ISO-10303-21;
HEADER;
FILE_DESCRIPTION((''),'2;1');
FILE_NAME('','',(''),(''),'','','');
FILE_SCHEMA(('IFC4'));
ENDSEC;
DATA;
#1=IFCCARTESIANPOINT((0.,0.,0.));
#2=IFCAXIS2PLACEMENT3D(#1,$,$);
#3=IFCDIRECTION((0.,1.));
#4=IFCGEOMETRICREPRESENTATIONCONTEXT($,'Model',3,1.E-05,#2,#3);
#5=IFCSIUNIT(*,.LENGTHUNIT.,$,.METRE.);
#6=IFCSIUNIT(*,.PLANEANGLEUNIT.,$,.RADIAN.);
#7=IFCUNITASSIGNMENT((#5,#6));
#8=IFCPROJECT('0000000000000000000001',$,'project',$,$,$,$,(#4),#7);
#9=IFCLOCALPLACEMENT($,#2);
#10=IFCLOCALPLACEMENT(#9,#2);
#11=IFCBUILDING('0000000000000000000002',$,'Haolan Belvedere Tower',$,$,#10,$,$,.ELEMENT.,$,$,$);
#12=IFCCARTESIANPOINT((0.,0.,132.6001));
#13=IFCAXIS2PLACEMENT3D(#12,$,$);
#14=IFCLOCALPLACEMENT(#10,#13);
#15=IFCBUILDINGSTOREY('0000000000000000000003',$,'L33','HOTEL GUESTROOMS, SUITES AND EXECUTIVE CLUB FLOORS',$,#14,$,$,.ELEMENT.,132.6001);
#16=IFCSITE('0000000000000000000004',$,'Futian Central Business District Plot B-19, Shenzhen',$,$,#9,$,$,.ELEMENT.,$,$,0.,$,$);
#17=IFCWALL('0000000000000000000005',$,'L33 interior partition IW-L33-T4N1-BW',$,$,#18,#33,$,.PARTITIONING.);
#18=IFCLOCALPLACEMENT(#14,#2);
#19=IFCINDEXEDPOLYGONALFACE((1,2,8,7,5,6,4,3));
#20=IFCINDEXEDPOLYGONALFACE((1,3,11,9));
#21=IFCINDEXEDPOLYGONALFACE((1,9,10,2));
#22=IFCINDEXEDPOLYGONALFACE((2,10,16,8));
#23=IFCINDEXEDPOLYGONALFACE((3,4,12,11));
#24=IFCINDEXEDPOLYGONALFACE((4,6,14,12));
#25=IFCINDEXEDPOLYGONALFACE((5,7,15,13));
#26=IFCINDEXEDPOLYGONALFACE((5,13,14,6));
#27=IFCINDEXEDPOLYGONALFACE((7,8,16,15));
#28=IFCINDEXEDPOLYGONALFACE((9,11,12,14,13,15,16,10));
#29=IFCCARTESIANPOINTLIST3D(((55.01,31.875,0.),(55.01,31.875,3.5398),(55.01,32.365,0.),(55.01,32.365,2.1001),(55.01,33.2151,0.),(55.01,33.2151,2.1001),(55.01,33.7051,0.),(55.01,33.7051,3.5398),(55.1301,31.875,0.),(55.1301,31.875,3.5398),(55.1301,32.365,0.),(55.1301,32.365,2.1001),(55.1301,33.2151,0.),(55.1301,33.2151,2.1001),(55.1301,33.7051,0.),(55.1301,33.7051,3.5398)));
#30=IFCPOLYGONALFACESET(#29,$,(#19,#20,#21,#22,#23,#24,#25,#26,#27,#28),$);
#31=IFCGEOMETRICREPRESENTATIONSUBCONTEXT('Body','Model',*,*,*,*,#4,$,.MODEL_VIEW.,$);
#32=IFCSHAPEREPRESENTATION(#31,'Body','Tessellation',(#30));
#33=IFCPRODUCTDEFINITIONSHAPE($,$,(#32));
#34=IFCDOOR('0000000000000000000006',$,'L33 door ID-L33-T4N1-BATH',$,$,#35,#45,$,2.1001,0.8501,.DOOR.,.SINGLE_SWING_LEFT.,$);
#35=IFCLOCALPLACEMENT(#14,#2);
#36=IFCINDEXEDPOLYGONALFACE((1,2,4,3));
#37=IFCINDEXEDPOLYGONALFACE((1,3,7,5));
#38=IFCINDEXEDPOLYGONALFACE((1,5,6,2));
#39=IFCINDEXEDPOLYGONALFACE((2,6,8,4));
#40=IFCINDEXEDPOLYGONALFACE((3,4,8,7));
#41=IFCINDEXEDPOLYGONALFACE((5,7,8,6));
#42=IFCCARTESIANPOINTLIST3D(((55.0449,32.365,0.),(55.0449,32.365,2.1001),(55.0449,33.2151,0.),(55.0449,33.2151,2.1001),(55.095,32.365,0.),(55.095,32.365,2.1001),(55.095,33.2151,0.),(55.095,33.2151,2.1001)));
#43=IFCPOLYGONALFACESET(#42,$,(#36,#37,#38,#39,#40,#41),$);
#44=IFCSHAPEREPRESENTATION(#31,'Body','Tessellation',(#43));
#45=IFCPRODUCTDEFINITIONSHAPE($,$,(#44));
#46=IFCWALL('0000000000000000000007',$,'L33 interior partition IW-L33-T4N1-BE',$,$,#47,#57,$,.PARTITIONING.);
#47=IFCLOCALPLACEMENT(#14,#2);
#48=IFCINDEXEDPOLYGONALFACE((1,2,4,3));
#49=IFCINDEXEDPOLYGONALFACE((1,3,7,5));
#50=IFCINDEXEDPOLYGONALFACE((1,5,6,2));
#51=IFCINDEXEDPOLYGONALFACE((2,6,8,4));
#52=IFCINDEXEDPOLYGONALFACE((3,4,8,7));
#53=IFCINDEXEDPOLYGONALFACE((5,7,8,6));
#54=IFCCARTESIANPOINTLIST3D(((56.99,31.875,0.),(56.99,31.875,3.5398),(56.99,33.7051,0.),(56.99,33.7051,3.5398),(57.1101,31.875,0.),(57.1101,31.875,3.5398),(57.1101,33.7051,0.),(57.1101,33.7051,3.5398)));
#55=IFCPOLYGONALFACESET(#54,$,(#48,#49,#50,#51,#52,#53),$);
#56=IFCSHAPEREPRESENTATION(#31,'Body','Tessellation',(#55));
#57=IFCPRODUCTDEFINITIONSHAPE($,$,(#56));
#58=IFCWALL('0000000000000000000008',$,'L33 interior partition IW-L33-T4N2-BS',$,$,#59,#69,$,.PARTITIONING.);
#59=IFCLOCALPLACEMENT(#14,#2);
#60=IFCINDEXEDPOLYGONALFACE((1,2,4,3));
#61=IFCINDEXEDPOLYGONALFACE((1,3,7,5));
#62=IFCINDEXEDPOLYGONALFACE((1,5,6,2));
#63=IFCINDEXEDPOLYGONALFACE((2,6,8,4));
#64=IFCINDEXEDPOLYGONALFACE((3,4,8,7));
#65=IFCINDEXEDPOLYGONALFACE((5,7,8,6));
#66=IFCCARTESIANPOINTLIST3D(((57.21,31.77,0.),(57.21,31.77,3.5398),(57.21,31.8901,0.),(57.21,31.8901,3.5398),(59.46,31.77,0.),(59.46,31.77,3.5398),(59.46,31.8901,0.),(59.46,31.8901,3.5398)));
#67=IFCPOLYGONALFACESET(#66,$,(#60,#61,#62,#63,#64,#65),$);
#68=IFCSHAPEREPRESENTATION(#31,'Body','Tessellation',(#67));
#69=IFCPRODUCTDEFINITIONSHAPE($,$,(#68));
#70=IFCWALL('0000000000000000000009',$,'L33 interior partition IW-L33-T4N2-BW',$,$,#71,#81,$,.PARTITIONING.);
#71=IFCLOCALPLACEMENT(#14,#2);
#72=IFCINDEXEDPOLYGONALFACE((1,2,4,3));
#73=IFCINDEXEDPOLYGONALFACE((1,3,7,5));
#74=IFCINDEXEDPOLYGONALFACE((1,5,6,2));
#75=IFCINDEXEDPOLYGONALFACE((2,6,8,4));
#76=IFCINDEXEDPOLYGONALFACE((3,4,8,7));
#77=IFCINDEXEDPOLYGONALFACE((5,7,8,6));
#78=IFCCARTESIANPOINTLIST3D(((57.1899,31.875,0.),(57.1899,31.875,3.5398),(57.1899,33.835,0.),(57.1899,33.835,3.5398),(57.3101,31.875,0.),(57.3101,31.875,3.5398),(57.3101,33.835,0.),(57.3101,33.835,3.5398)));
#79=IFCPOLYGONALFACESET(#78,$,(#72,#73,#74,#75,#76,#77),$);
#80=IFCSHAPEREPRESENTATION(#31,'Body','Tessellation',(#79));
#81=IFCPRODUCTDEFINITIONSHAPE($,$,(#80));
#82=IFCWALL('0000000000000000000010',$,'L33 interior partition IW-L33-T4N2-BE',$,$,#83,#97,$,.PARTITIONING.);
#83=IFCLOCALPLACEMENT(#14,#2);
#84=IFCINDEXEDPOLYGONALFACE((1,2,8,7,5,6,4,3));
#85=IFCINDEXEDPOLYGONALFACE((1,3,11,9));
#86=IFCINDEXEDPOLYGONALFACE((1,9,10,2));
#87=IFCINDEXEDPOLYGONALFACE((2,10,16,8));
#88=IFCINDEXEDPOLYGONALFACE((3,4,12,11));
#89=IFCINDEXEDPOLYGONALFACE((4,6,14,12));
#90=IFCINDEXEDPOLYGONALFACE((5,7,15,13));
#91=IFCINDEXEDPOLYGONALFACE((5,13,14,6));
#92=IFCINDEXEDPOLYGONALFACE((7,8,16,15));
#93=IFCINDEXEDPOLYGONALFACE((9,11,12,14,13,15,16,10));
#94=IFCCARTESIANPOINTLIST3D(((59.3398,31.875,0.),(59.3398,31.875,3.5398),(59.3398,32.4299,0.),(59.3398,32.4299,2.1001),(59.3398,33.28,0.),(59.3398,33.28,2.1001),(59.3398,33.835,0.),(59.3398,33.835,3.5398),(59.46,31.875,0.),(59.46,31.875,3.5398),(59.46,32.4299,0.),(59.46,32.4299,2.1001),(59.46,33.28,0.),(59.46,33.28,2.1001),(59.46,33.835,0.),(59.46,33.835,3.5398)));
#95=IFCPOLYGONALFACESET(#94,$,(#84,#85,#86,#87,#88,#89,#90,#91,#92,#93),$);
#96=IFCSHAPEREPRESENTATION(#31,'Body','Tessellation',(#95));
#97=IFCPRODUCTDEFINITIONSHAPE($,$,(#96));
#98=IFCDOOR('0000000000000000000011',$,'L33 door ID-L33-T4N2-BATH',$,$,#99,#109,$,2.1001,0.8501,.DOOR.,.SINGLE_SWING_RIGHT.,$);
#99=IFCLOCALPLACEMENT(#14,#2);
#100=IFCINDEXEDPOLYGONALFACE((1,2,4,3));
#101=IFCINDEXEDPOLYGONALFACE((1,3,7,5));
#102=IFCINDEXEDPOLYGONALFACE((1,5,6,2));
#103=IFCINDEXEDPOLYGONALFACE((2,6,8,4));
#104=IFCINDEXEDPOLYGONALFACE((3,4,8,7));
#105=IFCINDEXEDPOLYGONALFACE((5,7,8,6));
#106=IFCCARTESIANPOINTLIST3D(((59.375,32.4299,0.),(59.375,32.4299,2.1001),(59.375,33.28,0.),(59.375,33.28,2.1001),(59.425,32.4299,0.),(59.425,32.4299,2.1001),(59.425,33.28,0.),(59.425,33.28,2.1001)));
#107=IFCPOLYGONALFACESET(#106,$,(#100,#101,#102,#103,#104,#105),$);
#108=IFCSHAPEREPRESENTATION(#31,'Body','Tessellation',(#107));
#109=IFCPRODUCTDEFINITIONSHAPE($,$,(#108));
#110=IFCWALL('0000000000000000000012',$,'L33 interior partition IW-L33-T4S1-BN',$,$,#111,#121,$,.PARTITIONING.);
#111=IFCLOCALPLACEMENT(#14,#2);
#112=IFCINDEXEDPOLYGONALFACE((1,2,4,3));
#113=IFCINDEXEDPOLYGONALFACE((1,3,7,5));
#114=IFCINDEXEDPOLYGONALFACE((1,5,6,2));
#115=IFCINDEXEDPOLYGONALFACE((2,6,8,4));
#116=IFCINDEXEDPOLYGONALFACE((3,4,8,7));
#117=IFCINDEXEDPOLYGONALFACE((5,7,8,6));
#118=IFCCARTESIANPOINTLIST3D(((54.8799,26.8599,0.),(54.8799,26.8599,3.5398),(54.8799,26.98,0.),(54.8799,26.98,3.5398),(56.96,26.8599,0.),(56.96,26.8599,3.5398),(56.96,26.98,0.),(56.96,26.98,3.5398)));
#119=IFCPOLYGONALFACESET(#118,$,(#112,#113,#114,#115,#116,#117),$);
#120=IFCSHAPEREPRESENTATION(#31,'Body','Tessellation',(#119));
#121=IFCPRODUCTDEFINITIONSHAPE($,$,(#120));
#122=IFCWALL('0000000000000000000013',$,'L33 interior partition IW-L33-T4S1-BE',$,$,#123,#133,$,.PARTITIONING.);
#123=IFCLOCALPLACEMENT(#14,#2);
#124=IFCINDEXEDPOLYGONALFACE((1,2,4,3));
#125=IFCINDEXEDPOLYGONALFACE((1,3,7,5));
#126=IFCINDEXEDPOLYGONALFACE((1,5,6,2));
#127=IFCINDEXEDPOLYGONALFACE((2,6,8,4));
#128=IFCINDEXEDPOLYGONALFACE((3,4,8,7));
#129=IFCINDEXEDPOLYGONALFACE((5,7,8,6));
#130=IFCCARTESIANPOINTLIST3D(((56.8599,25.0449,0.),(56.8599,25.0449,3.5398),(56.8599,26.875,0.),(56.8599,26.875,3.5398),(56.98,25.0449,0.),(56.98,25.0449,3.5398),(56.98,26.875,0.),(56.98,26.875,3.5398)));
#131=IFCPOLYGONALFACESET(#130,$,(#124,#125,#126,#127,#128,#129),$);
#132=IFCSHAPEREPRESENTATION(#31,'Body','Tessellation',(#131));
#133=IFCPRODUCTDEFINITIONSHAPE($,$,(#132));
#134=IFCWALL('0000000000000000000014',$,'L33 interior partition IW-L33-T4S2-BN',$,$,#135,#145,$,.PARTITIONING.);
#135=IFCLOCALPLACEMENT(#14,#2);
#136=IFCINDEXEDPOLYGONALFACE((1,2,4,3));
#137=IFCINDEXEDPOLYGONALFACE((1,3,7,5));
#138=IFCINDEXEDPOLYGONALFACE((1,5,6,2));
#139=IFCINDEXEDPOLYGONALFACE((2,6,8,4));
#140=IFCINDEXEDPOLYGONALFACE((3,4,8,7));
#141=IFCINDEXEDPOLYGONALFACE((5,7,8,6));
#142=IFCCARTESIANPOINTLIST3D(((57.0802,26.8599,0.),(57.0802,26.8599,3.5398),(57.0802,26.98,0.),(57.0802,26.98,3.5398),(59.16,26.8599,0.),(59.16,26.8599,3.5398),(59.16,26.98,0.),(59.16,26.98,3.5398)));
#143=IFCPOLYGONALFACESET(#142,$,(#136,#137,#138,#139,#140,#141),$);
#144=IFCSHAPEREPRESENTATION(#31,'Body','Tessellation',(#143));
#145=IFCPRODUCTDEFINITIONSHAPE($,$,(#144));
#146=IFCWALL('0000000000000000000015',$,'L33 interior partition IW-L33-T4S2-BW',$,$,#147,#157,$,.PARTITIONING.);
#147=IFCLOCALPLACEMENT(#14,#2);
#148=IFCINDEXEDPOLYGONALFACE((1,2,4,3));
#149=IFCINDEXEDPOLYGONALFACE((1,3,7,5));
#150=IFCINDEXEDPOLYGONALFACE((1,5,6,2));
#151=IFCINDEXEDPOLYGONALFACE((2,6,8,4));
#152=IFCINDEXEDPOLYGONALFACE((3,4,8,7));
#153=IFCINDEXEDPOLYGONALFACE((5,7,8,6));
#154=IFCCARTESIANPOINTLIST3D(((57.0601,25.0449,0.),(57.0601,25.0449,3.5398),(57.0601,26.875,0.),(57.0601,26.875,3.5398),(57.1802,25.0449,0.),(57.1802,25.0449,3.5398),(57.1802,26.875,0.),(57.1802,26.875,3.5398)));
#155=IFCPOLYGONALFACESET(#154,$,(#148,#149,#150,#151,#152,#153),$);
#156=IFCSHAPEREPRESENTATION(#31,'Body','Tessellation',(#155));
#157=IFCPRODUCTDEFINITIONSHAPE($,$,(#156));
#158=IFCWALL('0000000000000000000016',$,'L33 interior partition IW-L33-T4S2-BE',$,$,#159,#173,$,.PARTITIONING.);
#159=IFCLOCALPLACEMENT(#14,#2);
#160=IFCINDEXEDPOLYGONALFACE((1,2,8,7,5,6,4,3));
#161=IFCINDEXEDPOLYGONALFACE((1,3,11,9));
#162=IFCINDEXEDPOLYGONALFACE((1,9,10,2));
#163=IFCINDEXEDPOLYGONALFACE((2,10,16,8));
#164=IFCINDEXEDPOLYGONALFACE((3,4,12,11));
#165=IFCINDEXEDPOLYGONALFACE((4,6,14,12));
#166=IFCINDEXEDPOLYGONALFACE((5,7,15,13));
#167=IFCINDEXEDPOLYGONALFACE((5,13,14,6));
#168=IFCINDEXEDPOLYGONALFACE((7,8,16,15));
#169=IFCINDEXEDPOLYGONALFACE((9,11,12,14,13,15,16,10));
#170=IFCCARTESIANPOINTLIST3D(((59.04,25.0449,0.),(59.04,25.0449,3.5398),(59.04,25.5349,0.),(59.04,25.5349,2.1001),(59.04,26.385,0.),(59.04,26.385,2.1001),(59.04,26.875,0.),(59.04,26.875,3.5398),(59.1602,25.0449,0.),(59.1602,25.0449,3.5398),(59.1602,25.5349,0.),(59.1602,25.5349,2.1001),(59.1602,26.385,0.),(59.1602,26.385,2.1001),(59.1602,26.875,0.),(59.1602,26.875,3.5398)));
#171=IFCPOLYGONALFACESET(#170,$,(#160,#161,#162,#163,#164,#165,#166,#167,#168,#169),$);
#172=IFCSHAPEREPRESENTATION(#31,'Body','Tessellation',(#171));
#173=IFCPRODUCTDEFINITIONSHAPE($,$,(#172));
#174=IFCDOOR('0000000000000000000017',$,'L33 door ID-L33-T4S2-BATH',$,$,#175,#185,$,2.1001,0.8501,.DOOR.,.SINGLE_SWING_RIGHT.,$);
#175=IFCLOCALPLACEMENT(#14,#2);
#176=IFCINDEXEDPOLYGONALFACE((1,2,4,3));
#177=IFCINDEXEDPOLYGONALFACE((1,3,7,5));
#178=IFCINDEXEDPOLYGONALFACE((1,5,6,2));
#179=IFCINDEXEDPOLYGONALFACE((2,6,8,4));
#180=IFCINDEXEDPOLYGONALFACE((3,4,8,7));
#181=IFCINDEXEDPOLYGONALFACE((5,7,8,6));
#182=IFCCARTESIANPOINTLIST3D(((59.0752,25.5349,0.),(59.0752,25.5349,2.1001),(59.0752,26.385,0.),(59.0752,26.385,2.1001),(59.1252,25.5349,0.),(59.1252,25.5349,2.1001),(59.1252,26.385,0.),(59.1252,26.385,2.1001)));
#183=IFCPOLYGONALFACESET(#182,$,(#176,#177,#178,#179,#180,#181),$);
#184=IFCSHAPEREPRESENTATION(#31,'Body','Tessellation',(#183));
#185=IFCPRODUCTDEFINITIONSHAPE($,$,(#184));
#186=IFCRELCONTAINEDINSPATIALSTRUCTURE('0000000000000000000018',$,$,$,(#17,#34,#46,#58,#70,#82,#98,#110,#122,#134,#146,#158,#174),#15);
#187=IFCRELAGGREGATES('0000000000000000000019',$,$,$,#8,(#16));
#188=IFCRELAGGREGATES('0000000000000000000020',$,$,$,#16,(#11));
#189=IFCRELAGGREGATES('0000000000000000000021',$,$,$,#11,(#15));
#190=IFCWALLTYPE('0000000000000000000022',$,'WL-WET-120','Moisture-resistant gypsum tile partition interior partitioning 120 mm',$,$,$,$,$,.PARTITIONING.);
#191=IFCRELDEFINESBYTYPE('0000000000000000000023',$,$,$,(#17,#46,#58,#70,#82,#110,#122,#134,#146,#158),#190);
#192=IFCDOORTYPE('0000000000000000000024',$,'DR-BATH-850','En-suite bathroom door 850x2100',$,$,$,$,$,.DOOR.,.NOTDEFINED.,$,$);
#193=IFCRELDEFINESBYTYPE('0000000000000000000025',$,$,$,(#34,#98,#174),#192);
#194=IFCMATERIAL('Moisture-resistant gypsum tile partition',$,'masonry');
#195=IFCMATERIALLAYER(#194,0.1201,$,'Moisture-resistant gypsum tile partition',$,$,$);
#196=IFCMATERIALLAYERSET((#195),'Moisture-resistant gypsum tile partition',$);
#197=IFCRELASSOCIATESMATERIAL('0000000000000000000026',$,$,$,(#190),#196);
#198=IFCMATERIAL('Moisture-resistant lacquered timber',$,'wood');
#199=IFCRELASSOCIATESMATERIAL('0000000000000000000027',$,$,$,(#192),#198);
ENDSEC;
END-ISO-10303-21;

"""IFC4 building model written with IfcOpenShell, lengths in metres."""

from ifc_helpers import new_model, si_unit, direction, frame, frame_2d, origin, place, context, subcontext, project, spatial, rectangle, extrude, material, layer, layer_set, type_object, element, fill, save


model = new_model("IFC4")

# Units and contexts
model_context = context("Model", 3, precision=1e-05, world=origin(), true_north=direction((0.0, 1.0)))
body_context = subcontext(model_context, "Body", "Model", "MODEL_VIEW")
ifc_project = project(units=[si_unit("LENGTHUNIT", "METRE"), si_unit("PLANEANGLEUNIT", "RADIAN")], contexts=[model_context])

# Site, building, storey
site_placement = place(None, origin())
site = spatial("IfcSite", under=ifc_project, at=site_placement, Name="Futian Central Business District Plot B-19, Shenzhen", CompositionType="ELEMENT", RefElevation=0.0)
building_placement = place(site_placement, origin())
building = spatial("IfcBuilding", under=site, at=building_placement, Name="Haolan Belvedere Tower", CompositionType="ELEMENT")
storey_placement = place(building_placement, frame((0.0, 0.0, 132.6001)))
storey = spatial("IfcBuildingStorey", under=building, at=storey_placement, Name="L33", Description="HOTEL GUESTROOMS, SUITES AND EXECUTIVE CLUB FLOORS", CompositionType="ELEMENT", Elevation=132.6001)

# Shared definitions
ifc_material_1 = material(Name="Moisture-resistant gypsum tile partition", Category="masonry")
ifc_layer_1 = layer(ifc_material_1, 0.1201, Name="Moisture-resistant gypsum tile partition")
ifc_layer_set_1 = layer_set([ifc_layer_1], Name="Moisture-resistant gypsum tile partition")
wall_type_1 = type_object("IfcWallType", Name="WL-WET-120", Description="Moisture-resistant gypsum tile partition interior partitioning 120 mm", PredefinedType="PARTITIONING", material=ifc_layer_set_1)

# Wall, opening, door
wall_1_placement = place(storey_placement, frame((55.0701, 31.875, 0.0), z_axis=(0.0, 0.0, 1.0), x_axis=(0.0, 1.0, 0.0)))
wall_1 = element("IfcWall", 1, at=wall_1_placement, inside=storey, type_object=wall_type_1, Name="L33 interior partition IW-L33-T4N1-BW", PredefinedType="PARTITIONING", context=body_context, shape_type="SweptSolid", body=[
    extrude(rectangle(XDim=1.8301, YDim=0.1201, at=frame_2d((0.915, 0.0))), origin(), (0.0, 0.0, 1.0), 3.5398),
])
opening_1_placement = place(wall_1_placement, frame((1.3401, 0.0, 0.0), z_axis=(0.0, 0.0, 1.0), x_axis=(-1.0, 0.0, 0.0)))
opening_1 = element("IfcOpeningElement", 2, at=opening_1_placement, cuts=wall_1, PredefinedType="OPENING", context=body_context, shape_type="SweptSolid", body=[
    extrude(rectangle(XDim=0.8501, YDim=2.1001, at=frame_2d((0.425, 1.05))), frame((0.0, 0.0701, 0.0), z_axis=(0.0, -1.0, 0.0), x_axis=(1.0, 0.0, 0.0)), (0.0, 0.0, 1.0), 0.1401),
])
ifc_material_2 = material(Name="Moisture-resistant lacquered timber", Category="wood")
door_type_1 = type_object("IfcDoorType", Name="DR-BATH-850", Description="En-suite bathroom door 850x2100", OperationType="NOTDEFINED", PredefinedType="DOOR", material=ifc_material_2)
door_1_placement = place(opening_1_placement, origin())
door_1 = element("IfcDoor", 3, at=door_1_placement, inside=storey, type_object=door_type_1, Name="L33 door ID-L33-T4N1-BATH", OperationType="SINGLE_SWING_LEFT", OverallHeight=2.1001, OverallWidth=0.8501, PredefinedType="DOOR", context=body_context, shape_type="SweptSolid", body=[
    extrude(rectangle(XDim=0.8501, YDim=2.1001, at=frame_2d((0.425, 1.05))), frame((0.0, 0.0249, 0.0), z_axis=(0.0, -1.0, 0.0), x_axis=(1.0, 0.0, 0.0)), (0.0, 0.0, 1.0), 0.05),
])
fill(opening_1, door_1)

# Walls
wall_2_placement = place(storey_placement, frame((57.05, 31.875, 0.0), z_axis=(0.0, 0.0, 1.0), x_axis=(0.0, 1.0, 0.0)))
element("IfcWall", 4, at=wall_2_placement, inside=storey, type_object=wall_type_1, Name="L33 interior partition IW-L33-T4N1-BE", PredefinedType="PARTITIONING", context=body_context, shape_type="SweptSolid", body=[
    extrude(rectangle(XDim=1.8301, YDim=0.1201, at=frame_2d((0.915, 0.0))), origin(), (0.0, 0.0, 1.0), 3.5398),
])
wall_3_placement = place(storey_placement, frame((57.21, 31.8301, 0.0), z_axis=(0.0, 0.0, 1.0), x_axis=(1.0, 0.0, 0.0)))
element("IfcWall", 5, at=wall_3_placement, inside=storey, type_object=wall_type_1, Name="L33 interior partition IW-L33-T4N2-BS", PredefinedType="PARTITIONING", context=body_context, shape_type="SweptSolid", body=[
    extrude(rectangle(XDim=2.25, YDim=0.1201, at=frame_2d((1.125, 0.0))), origin(), (0.0, 0.0, 1.0), 3.5398),
])
wall_4_placement = place(storey_placement, frame((57.25, 31.875, 0.0), z_axis=(0.0, 0.0, 1.0), x_axis=(0.0, 1.0, 0.0)))
element("IfcWall", 6, at=wall_4_placement, inside=storey, type_object=wall_type_1, Name="L33 interior partition IW-L33-T4N2-BW", PredefinedType="PARTITIONING", context=body_context, shape_type="SweptSolid", body=[
    extrude(rectangle(XDim=1.96, YDim=0.1201, at=frame_2d((0.98, 0.0))), origin(), (0.0, 0.0, 1.0), 3.5398),
])

# Wall, opening, door
wall_5_placement = place(storey_placement, frame((59.3999, 31.875, 0.0), z_axis=(0.0, 0.0, 1.0), x_axis=(0.0, 1.0, 0.0)))
wall_5 = element("IfcWall", 7, at=wall_5_placement, inside=storey, type_object=wall_type_1, Name="L33 interior partition IW-L33-T4N2-BE", PredefinedType="PARTITIONING", context=body_context, shape_type="SweptSolid", body=[
    extrude(rectangle(XDim=1.96, YDim=0.1201, at=frame_2d((0.98, 0.0))), origin(), (0.0, 0.0, 1.0), 3.5398),
])
opening_2_placement = place(wall_5_placement, frame((0.5549, 0.0, 0.0)))
opening_2 = element("IfcOpeningElement", 8, at=opening_2_placement, cuts=wall_5, PredefinedType="OPENING", context=body_context, shape_type="SweptSolid", body=[
    extrude(rectangle(XDim=0.8501, YDim=2.1001, at=frame_2d((0.425, 1.05))), frame((0.0, 0.0701, 0.0), z_axis=(0.0, -1.0, 0.0), x_axis=(1.0, 0.0, 0.0)), (0.0, 0.0, 1.0), 0.1401),
])
door_2_placement = place(opening_2_placement, origin())
door_2 = element("IfcDoor", 9, at=door_2_placement, inside=storey, type_object=door_type_1, Name="L33 door ID-L33-T4N2-BATH", OperationType="SINGLE_SWING_RIGHT", OverallHeight=2.1001, OverallWidth=0.8501, PredefinedType="DOOR", context=body_context, shape_type="SweptSolid", body=[
    extrude(rectangle(XDim=0.8501, YDim=2.1001, at=frame_2d((0.425, 1.05))), frame((0.0, 0.0249, 0.0), z_axis=(0.0, -1.0, 0.0), x_axis=(1.0, 0.0, 0.0)), (0.0, 0.0, 1.0), 0.05),
])
fill(opening_2, door_2)

# Walls
wall_6_placement = place(storey_placement, frame((54.8799, 26.9199, 0.0), z_axis=(0.0, 0.0, 1.0), x_axis=(1.0, 0.0, 0.0)))
element("IfcWall", 10, at=wall_6_placement, inside=storey, type_object=wall_type_1, Name="L33 interior partition IW-L33-T4S1-BN", PredefinedType="PARTITIONING", context=body_context, shape_type="SweptSolid", body=[
    extrude(rectangle(XDim=2.0801, YDim=0.1201, at=frame_2d((1.04, 0.0))), origin(), (0.0, 0.0, 1.0), 3.5398),
])
wall_7_placement = place(storey_placement, frame((56.9199, 25.0449, 0.0), z_axis=(0.0, 0.0, 1.0), x_axis=(0.0, 1.0, 0.0)))
element("IfcWall", 11, at=wall_7_placement, inside=storey, type_object=wall_type_1, Name="L33 interior partition IW-L33-T4S1-BE", PredefinedType="PARTITIONING", context=body_context, shape_type="SweptSolid", body=[
    extrude(rectangle(XDim=1.8301, YDim=0.1201, at=frame_2d((0.915, 0.0))), origin(), (0.0, 0.0, 1.0), 3.5398),
])
wall_8_placement = place(storey_placement, frame((57.0801, 26.9199, 0.0), z_axis=(0.0, 0.0, 1.0), x_axis=(1.0, 0.0, 0.0)))
element("IfcWall", 12, at=wall_8_placement, inside=storey, type_object=wall_type_1, Name="L33 interior partition IW-L33-T4S2-BN", PredefinedType="PARTITIONING", context=body_context, shape_type="SweptSolid", body=[
    extrude(rectangle(XDim=2.0798, YDim=0.1201, at=frame_2d((1.04, 0.0))), origin(), (0.0, 0.0, 1.0), 3.5398),
])
wall_9_placement = place(storey_placement, frame((57.1201, 25.0449, 0.0), z_axis=(0.0, 0.0, 1.0), x_axis=(0.0, 1.0, 0.0)))
element("IfcWall", 13, at=wall_9_placement, inside=storey, type_object=wall_type_1, Name="L33 interior partition IW-L33-T4S2-BW", PredefinedType="PARTITIONING", context=body_context, shape_type="SweptSolid", body=[
    extrude(rectangle(XDim=1.8301, YDim=0.1201, at=frame_2d((0.915, 0.0))), origin(), (0.0, 0.0, 1.0), 3.5398),
])

# Wall, opening, door
wall_10_placement = place(storey_placement, frame((59.1001, 25.0449, 0.0), z_axis=(0.0, 0.0, 1.0), x_axis=(0.0, 1.0, 0.0)))
wall_10 = element("IfcWall", 14, at=wall_10_placement, inside=storey, type_object=wall_type_1, Name="L33 interior partition IW-L33-T4S2-BE", PredefinedType="PARTITIONING", context=body_context, shape_type="SweptSolid", body=[
    extrude(rectangle(XDim=1.8301, YDim=0.1201, at=frame_2d((0.915, 0.0))), origin(), (0.0, 0.0, 1.0), 3.5398),
])
opening_3_placement = place(wall_10_placement, frame((0.49, 0.0, 0.0)))
opening_3 = element("IfcOpeningElement", 15, at=opening_3_placement, cuts=wall_10, PredefinedType="OPENING", context=body_context, shape_type="SweptSolid", body=[
    extrude(rectangle(XDim=0.8501, YDim=2.1001, at=frame_2d((0.425, 1.05))), frame((0.0, 0.0701, 0.0), z_axis=(0.0, -1.0, 0.0), x_axis=(1.0, 0.0, 0.0)), (0.0, 0.0, 1.0), 0.1401),
])
door_3_placement = place(opening_3_placement, origin())
door_3 = element("IfcDoor", 16, at=door_3_placement, inside=storey, type_object=door_type_1, Name="L33 door ID-L33-T4S2-BATH", OperationType="SINGLE_SWING_RIGHT", OverallHeight=2.1001, OverallWidth=0.8501, PredefinedType="DOOR", context=body_context, shape_type="SweptSolid", body=[
    extrude(rectangle(XDim=0.8501, YDim=2.1001, at=frame_2d((0.425, 1.05))), frame((0.0, 0.0249, 0.0), z_axis=(0.0, -1.0, 0.0), x_axis=(1.0, 0.0, 0.0)), (0.0, 0.0, 1.0), 0.05),
])
fill(opening_3, door_3)

save(model, "model.ifc")
